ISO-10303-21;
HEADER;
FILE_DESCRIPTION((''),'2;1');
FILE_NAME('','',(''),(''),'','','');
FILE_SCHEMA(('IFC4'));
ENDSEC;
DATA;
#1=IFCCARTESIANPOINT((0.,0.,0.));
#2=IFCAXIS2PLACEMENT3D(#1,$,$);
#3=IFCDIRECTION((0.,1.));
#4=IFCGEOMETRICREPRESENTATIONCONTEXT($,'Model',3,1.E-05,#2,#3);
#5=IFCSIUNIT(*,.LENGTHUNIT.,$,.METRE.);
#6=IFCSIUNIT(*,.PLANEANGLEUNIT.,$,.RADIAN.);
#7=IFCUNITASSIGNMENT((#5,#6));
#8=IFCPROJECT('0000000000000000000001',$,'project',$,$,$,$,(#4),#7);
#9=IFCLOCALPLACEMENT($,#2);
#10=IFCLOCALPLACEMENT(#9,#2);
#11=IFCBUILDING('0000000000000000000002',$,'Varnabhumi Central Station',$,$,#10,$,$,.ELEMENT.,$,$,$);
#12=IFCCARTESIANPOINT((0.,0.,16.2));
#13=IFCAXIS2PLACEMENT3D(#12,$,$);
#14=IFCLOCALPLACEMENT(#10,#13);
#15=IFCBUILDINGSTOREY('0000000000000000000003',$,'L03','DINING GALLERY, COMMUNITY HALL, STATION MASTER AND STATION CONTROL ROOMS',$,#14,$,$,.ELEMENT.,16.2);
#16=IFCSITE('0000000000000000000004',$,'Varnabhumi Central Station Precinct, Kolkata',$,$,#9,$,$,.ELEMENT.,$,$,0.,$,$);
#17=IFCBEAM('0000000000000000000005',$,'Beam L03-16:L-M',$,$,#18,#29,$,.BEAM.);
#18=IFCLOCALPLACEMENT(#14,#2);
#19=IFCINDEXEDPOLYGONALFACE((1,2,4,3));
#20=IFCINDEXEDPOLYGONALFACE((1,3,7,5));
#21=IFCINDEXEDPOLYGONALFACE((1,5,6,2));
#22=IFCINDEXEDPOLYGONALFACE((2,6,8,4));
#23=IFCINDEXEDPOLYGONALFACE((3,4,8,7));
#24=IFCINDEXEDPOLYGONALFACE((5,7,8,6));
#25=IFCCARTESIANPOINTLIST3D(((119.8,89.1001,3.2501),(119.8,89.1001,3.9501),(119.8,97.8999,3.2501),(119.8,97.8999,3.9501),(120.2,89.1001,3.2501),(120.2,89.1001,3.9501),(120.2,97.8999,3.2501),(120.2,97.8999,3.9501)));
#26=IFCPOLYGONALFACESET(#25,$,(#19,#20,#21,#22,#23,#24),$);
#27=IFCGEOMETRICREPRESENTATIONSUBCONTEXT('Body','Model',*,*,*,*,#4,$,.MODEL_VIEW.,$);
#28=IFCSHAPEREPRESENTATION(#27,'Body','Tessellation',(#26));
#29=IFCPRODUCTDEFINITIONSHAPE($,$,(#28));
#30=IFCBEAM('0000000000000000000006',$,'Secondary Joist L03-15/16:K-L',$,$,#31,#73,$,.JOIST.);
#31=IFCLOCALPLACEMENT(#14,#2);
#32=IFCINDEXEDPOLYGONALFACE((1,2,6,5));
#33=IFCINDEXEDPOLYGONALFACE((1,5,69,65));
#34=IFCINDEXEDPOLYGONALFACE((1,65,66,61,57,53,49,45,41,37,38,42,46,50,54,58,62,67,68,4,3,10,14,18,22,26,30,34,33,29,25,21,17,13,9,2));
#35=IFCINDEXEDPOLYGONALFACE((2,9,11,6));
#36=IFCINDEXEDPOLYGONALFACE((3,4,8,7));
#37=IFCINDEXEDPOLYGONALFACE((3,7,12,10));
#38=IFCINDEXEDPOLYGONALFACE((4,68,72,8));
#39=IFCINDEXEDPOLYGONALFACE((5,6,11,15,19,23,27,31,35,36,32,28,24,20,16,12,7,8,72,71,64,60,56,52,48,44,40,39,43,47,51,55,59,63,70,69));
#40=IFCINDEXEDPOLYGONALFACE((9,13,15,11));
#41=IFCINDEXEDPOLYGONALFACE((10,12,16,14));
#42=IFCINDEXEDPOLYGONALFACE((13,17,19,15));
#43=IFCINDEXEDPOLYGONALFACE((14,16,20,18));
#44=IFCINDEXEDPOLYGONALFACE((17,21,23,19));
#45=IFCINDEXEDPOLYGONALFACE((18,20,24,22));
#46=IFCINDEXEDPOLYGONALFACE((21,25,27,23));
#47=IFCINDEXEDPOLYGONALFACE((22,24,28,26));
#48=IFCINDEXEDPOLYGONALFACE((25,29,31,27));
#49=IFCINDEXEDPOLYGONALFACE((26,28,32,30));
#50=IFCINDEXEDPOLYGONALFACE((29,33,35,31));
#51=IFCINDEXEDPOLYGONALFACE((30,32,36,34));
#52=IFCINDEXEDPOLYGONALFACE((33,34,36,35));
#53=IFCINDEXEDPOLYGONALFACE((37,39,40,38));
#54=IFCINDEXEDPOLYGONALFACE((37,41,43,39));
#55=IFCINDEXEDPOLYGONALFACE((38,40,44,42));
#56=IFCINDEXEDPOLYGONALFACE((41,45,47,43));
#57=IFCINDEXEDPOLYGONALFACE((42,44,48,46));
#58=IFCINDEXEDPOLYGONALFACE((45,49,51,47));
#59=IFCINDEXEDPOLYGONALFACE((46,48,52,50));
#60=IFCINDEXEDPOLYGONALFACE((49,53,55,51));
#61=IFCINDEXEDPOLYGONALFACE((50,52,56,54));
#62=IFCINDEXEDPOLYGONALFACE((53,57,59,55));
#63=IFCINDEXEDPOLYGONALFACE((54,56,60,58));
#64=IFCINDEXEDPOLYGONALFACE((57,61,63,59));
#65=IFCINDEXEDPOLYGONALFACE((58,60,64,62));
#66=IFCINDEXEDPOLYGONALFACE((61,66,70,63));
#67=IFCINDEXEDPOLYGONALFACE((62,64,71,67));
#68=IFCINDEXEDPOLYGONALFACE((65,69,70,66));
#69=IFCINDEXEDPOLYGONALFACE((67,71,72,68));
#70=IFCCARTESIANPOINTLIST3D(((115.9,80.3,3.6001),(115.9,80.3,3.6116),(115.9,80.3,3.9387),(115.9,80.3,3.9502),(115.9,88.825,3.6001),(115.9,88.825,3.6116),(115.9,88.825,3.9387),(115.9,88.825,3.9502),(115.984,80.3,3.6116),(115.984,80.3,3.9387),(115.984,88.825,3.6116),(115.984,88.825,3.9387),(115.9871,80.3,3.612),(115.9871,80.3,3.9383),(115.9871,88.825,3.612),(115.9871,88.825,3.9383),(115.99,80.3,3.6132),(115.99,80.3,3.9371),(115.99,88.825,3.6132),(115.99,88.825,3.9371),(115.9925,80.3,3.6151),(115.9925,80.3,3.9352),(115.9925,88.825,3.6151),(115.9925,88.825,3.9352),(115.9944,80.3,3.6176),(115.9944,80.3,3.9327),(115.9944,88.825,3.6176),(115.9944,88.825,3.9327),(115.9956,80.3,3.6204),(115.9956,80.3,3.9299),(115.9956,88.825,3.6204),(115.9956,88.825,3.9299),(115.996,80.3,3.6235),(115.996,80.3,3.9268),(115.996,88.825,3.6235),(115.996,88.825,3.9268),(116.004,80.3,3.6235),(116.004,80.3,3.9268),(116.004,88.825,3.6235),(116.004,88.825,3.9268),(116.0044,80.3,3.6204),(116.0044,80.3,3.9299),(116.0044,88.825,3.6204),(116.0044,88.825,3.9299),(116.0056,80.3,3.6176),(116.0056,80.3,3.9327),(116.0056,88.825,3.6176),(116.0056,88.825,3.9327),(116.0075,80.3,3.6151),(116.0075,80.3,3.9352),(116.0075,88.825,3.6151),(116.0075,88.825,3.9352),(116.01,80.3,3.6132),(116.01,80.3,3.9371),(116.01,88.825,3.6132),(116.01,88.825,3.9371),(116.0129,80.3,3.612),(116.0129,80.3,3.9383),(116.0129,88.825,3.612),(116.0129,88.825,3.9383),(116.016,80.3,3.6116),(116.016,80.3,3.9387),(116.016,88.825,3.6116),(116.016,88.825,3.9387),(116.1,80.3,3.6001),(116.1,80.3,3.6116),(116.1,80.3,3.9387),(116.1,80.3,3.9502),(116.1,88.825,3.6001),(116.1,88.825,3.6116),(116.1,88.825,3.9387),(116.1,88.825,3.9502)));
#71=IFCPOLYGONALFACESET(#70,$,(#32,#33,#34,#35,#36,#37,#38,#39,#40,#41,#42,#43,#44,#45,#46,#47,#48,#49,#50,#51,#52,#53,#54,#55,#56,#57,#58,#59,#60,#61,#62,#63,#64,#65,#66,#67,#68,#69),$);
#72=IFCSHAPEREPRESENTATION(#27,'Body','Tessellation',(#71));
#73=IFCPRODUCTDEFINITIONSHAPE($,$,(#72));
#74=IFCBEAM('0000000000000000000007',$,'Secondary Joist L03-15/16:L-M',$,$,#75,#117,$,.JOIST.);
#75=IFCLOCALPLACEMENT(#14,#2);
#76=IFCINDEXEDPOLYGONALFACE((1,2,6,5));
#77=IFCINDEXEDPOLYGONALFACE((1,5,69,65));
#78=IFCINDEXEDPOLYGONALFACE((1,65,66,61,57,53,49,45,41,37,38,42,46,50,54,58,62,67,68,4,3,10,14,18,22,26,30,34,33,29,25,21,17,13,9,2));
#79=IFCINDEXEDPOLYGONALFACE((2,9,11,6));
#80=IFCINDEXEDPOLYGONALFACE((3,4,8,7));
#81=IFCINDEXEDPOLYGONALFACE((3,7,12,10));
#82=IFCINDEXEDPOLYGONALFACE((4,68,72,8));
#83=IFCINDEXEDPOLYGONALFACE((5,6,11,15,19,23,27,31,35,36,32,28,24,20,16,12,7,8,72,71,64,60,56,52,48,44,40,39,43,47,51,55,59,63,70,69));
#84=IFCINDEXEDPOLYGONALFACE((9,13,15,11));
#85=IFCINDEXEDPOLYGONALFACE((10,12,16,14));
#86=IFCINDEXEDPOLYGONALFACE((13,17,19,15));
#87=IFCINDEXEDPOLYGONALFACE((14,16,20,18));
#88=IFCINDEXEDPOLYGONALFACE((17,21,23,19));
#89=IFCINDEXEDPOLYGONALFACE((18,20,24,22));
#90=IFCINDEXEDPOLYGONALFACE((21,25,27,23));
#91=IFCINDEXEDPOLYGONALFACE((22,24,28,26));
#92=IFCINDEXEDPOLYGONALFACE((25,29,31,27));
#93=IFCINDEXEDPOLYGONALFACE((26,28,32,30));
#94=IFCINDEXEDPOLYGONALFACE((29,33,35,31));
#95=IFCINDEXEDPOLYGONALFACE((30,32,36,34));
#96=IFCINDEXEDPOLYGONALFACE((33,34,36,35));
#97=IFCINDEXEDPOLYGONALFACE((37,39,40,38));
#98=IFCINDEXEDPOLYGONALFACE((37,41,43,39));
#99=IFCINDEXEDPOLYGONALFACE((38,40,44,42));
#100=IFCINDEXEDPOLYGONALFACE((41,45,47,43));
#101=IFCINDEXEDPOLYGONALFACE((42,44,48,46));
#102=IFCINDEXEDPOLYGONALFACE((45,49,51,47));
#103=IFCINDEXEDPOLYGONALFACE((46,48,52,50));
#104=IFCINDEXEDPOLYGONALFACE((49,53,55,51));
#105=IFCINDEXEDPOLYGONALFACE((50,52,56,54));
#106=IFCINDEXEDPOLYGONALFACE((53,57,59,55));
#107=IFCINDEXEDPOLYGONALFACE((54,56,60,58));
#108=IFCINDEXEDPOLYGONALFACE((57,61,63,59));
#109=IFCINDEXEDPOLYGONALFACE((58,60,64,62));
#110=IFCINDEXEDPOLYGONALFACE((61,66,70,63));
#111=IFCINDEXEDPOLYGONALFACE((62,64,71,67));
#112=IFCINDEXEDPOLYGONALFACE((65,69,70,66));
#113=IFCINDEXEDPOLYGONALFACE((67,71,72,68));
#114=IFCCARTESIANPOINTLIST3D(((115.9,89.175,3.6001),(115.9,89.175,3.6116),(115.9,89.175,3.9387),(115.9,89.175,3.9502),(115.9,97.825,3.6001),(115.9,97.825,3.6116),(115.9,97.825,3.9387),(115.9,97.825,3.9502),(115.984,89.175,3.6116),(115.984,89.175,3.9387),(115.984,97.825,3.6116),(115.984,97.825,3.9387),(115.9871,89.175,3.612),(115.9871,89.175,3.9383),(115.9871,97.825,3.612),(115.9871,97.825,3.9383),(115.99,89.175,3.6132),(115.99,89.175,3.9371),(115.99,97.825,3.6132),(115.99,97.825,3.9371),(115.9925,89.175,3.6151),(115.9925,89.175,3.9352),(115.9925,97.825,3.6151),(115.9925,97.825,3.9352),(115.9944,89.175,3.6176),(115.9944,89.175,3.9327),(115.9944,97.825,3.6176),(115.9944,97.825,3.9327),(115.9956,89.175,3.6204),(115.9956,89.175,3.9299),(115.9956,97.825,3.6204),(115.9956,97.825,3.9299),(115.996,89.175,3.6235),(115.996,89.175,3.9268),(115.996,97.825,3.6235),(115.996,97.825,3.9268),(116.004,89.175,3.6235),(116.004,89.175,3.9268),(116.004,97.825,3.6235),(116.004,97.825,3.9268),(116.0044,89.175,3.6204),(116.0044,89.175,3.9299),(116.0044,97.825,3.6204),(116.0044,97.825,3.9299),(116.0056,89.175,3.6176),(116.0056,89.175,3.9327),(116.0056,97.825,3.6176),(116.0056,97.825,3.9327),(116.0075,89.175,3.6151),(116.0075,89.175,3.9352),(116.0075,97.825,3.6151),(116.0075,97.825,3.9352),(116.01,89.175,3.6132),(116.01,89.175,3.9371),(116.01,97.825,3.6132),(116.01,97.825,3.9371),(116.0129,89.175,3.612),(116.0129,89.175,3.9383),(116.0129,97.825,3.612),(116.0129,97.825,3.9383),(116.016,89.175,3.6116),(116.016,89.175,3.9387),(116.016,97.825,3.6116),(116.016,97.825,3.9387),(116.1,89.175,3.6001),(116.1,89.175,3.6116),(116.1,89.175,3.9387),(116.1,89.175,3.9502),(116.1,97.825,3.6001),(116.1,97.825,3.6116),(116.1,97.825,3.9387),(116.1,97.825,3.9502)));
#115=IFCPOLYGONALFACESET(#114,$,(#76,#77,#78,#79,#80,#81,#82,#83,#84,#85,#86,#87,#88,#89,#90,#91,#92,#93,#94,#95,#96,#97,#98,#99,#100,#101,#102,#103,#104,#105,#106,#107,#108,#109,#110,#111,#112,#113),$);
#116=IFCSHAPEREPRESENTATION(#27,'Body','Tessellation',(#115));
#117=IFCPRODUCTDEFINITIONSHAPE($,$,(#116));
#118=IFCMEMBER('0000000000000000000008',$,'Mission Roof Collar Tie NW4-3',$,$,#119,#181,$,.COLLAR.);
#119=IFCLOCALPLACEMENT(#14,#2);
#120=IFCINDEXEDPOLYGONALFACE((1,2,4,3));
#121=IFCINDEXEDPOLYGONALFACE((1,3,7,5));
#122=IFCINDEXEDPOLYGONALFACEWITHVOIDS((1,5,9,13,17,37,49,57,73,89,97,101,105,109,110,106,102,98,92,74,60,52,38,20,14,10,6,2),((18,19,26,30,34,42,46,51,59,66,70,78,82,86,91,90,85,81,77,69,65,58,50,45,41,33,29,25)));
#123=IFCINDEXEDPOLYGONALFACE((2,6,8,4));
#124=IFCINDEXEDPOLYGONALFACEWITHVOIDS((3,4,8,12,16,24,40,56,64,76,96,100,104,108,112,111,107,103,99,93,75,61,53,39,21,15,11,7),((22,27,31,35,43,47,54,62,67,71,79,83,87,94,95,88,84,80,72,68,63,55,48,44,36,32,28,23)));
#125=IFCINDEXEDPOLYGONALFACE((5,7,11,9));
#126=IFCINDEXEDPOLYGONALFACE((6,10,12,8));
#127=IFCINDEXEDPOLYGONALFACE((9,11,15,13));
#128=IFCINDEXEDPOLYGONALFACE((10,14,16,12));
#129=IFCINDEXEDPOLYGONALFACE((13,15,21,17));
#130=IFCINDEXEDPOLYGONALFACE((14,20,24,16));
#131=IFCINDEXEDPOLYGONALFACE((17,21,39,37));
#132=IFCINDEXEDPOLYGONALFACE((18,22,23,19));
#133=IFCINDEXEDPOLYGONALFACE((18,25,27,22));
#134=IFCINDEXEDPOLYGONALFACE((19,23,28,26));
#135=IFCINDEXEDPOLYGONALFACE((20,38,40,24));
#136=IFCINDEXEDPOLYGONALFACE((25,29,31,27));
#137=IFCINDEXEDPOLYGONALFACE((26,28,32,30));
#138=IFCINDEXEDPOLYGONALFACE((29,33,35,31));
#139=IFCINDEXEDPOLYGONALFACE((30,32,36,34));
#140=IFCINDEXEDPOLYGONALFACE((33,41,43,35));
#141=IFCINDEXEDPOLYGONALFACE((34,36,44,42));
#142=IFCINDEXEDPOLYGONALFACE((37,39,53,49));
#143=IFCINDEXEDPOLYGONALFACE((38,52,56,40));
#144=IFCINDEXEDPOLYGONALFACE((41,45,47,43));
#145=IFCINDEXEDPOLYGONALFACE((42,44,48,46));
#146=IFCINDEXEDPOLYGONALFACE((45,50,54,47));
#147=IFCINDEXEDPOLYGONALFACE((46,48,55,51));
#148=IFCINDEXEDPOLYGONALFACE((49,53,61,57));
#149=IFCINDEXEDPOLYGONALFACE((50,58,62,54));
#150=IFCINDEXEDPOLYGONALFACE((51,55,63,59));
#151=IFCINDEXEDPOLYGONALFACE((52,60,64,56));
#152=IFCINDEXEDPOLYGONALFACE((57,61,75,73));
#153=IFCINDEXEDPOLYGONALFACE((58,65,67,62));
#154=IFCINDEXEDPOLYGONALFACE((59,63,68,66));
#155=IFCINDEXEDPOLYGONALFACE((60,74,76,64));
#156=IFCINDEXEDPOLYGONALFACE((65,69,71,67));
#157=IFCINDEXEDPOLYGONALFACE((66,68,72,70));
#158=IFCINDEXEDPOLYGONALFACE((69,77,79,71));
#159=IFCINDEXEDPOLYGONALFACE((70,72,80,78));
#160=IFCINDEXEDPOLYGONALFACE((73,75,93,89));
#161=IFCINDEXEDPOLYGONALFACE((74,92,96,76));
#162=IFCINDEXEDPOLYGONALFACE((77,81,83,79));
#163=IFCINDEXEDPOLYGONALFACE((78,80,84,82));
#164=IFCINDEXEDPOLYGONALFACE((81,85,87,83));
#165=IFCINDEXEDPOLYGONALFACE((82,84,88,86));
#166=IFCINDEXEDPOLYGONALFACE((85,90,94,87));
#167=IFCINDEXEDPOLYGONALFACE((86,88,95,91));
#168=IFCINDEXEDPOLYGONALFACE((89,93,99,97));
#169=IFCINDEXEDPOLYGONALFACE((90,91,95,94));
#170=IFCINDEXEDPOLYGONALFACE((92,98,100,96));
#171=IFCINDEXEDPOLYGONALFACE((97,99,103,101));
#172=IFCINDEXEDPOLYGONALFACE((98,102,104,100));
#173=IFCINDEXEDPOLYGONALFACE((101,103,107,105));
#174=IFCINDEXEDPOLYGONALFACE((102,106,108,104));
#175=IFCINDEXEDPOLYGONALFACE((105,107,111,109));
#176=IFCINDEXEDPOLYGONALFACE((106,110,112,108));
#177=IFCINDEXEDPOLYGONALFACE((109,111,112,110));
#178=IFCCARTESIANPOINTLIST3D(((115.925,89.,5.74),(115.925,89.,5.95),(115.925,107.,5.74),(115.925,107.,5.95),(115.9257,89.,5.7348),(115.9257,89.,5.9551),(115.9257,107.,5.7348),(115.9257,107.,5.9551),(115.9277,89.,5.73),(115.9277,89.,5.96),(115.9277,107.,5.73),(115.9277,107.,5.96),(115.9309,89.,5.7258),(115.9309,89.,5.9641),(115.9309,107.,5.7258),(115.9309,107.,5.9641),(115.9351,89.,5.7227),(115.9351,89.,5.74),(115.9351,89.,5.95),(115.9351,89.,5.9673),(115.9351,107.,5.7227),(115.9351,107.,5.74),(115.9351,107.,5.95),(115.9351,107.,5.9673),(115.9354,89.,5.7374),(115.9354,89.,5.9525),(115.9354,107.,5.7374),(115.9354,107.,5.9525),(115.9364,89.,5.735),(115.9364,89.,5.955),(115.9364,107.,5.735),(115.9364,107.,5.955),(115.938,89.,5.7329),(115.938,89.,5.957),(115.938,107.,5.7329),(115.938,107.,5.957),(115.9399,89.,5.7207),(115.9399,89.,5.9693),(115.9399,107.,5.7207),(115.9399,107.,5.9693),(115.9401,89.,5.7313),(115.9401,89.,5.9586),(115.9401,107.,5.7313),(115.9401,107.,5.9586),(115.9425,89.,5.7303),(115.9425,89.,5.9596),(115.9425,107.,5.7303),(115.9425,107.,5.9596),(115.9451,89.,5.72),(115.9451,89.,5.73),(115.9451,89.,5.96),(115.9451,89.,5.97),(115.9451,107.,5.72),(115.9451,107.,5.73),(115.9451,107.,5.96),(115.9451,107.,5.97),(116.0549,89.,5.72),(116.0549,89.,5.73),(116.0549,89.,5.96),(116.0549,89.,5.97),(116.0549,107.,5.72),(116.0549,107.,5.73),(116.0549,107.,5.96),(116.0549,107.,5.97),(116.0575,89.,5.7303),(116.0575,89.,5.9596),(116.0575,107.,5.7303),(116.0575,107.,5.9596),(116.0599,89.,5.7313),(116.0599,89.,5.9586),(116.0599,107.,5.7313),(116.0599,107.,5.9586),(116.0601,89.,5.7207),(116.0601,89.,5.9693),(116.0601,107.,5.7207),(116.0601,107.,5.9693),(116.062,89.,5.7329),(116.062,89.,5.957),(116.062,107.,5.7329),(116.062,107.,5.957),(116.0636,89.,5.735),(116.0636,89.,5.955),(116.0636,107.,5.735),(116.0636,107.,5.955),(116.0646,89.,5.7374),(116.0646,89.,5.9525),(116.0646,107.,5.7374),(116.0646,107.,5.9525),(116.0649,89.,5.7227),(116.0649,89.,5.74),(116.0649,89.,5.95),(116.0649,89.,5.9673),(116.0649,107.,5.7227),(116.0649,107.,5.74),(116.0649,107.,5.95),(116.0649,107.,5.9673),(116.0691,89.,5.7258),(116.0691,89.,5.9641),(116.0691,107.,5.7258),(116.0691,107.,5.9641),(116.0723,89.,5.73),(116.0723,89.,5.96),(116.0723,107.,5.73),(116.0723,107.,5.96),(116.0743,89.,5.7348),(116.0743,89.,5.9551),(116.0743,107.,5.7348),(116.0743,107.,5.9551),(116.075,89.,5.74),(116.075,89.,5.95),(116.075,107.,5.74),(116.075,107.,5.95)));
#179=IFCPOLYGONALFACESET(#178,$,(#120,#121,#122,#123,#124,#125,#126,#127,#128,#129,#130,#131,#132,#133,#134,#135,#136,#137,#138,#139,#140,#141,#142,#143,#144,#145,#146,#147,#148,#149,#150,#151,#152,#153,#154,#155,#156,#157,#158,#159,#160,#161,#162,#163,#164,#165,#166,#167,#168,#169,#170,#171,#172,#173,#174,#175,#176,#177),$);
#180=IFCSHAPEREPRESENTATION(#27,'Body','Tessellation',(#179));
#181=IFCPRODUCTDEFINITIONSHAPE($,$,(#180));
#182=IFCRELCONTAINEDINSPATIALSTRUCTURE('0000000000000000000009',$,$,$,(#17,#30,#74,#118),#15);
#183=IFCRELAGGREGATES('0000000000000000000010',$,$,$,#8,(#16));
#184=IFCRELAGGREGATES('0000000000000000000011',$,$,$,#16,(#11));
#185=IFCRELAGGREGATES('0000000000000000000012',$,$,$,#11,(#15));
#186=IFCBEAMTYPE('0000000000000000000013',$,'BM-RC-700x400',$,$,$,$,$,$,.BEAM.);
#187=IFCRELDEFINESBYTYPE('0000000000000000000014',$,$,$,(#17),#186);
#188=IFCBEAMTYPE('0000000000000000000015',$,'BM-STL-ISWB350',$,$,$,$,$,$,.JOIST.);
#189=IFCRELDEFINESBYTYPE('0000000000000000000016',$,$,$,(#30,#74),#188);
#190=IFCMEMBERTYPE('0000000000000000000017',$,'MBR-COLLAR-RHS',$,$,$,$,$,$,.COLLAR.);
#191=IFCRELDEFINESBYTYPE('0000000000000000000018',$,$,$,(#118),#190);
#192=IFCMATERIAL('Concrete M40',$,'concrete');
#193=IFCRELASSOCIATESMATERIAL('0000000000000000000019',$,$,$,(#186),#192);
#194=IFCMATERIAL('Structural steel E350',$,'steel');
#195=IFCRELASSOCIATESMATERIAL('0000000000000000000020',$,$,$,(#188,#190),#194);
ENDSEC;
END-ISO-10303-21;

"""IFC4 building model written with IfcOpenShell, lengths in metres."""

from ifc_helpers import new_model, si_unit, direction, frame, origin, origin_2d, place, context, subcontext, project, spatial, rectangle, hollow_rectangle, i_section, extrude, material, material_profile, profile_set, type_object, element, save


model = new_model("IFC4")

# Units and contexts
model_context = context("Model", 3, precision=1e-05, world=origin(), true_north=direction((0.0, 1.0)))
body_context = subcontext(model_context, "Body", "Model", "MODEL_VIEW")
ifc_project = project(units=[si_unit("LENGTHUNIT", "METRE"), si_unit("PLANEANGLEUNIT", "RADIAN")], contexts=[model_context])

# Site, building, storey
site_placement = place(None, origin())
site = spatial("IfcSite", under=ifc_project, at=site_placement, Name="Varnabhumi Central Station Precinct, Kolkata", CompositionType="ELEMENT", RefElevation=0.0)
building_placement = place(site_placement, origin())
building = spatial("IfcBuilding", under=site, at=building_placement, Name="Varnabhumi Central Station", CompositionType="ELEMENT")
storey_placement = place(building_placement, frame((0.0, 0.0, 16.2)))
storey = spatial("IfcBuildingStorey", under=building, at=storey_placement, Name="L03", Description="DINING GALLERY, COMMUNITY HALL, STATION MASTER AND STATION CONTROL ROOMS", CompositionType="ELEMENT", Elevation=16.2)

# Shared definitions
ifc_material_1 = material(Name="Concrete M40", Category="concrete")
ifc_material_2 = material(Name="Structural steel E350", Category="steel")

# Beams
ifc_material_profile_1 = material_profile(ifc_material_1, rectangle(XDim=0.3999, YDim=0.7, at=origin_2d()), Name="Concrete M40", Category="concrete")
ifc_profile_set_1 = profile_set([ifc_material_profile_1], Name="Concrete M40")
beam_type_1 = type_object("IfcBeamType", Name="BM-RC-700x400", PredefinedType="BEAM", material=ifc_profile_set_1)
for number, where, z_axis, x_axis, name in (
    (1, (120.0, 89.1001, 3.6001), (0.0, 1.0, 0.0), (-1.0, 0.0, 0.0), "Beam L03-16:L-M"),
):
    element("IfcBeam", number, at=place(storey_placement, frame(where, z_axis=z_axis, x_axis=x_axis)), inside=storey, type_object=beam_type_1, Name=name, PredefinedType="BEAM", context=body_context, shape_type="SweptSolid", body=[
        extrude(rectangle(XDim=0.3999, YDim=0.7, at=origin_2d()), origin(), (0.0, 0.0, 1.0), 8.7998),
    ])
ifc_material_profile_2 = material_profile(ifc_material_2, i_section(OverallWidth=0.2, OverallDepth=0.3501, WebThickness=0.0081, FlangeThickness=0.0115, FilletRadius=0.012, at=origin_2d()), Name="Structural steel E350", Category="steel")
ifc_profile_set_2 = profile_set([ifc_material_profile_2], Name="Structural steel E350")
beam_type_2 = type_object("IfcBeamType", Name="BM-STL-ISWB350", PredefinedType="JOIST", material=ifc_profile_set_2)
beam_1_placement = place(storey_placement, frame((116.0, 80.3, 3.7751), z_axis=(0.0, 1.0, 0.0), x_axis=(-1.0, 0.0, 0.0)))
element("IfcBeam", 2, at=beam_1_placement, inside=storey, type_object=beam_type_2, Name="Secondary Joist L03-15/16:K-L", PredefinedType="JOIST", context=body_context, shape_type="SweptSolid", body=[
    extrude(i_section(OverallWidth=0.2, OverallDepth=0.3501, WebThickness=0.0081, FlangeThickness=0.0115, FilletRadius=0.012, at=origin_2d()), origin(), (0.0, 0.0, 1.0), 8.5249),
])
beam_2_placement = place(storey_placement, frame((116.0, 89.175, 3.7751), z_axis=(0.0, 1.0, 0.0), x_axis=(-1.0, 0.0, 0.0)))
element("IfcBeam", 3, at=beam_2_placement, inside=storey, type_object=beam_type_2, Name="Secondary Joist L03-15/16:L-M", PredefinedType="JOIST", context=body_context, shape_type="SweptSolid", body=[
    extrude(i_section(OverallWidth=0.2, OverallDepth=0.3501, WebThickness=0.0081, FlangeThickness=0.0115, FilletRadius=0.012, at=origin_2d()), origin(), (0.0, 0.0, 1.0), 8.6499),
])

# Member
ifc_material_profile_3 = material_profile(ifc_material_2, hollow_rectangle(XDim=0.1499, YDim=0.25, WallThickness=0.01, InnerFilletRadius=0.01, OuterFilletRadius=0.02, at=origin_2d()), Name="Structural steel E350", Category="steel")
ifc_profile_set_3 = profile_set([ifc_material_profile_3], Name="Structural steel E350")
member_type_1 = type_object("IfcMemberType", Name="MBR-COLLAR-RHS", PredefinedType="COLLAR", material=ifc_profile_set_3)
member_placement = place(storey_placement, frame((116.0, 89.0, 5.845), z_axis=(0.0, 1.0, 0.0), x_axis=(-1.0, 0.0, 0.0)))
element("IfcMember", 4, at=member_placement, inside=storey, type_object=member_type_1, Name="Mission Roof Collar Tie NW4-3", PredefinedType="COLLAR", context=body_context, shape_type="SweptSolid", body=[
    extrude(hollow_rectangle(XDim=0.1499, YDim=0.25, WallThickness=0.01, InnerFilletRadius=0.01, OuterFilletRadius=0.02, at=origin_2d()), origin(), (0.0, 0.0, 1.0), 18.0),
])

save(model, "model.ifc")
